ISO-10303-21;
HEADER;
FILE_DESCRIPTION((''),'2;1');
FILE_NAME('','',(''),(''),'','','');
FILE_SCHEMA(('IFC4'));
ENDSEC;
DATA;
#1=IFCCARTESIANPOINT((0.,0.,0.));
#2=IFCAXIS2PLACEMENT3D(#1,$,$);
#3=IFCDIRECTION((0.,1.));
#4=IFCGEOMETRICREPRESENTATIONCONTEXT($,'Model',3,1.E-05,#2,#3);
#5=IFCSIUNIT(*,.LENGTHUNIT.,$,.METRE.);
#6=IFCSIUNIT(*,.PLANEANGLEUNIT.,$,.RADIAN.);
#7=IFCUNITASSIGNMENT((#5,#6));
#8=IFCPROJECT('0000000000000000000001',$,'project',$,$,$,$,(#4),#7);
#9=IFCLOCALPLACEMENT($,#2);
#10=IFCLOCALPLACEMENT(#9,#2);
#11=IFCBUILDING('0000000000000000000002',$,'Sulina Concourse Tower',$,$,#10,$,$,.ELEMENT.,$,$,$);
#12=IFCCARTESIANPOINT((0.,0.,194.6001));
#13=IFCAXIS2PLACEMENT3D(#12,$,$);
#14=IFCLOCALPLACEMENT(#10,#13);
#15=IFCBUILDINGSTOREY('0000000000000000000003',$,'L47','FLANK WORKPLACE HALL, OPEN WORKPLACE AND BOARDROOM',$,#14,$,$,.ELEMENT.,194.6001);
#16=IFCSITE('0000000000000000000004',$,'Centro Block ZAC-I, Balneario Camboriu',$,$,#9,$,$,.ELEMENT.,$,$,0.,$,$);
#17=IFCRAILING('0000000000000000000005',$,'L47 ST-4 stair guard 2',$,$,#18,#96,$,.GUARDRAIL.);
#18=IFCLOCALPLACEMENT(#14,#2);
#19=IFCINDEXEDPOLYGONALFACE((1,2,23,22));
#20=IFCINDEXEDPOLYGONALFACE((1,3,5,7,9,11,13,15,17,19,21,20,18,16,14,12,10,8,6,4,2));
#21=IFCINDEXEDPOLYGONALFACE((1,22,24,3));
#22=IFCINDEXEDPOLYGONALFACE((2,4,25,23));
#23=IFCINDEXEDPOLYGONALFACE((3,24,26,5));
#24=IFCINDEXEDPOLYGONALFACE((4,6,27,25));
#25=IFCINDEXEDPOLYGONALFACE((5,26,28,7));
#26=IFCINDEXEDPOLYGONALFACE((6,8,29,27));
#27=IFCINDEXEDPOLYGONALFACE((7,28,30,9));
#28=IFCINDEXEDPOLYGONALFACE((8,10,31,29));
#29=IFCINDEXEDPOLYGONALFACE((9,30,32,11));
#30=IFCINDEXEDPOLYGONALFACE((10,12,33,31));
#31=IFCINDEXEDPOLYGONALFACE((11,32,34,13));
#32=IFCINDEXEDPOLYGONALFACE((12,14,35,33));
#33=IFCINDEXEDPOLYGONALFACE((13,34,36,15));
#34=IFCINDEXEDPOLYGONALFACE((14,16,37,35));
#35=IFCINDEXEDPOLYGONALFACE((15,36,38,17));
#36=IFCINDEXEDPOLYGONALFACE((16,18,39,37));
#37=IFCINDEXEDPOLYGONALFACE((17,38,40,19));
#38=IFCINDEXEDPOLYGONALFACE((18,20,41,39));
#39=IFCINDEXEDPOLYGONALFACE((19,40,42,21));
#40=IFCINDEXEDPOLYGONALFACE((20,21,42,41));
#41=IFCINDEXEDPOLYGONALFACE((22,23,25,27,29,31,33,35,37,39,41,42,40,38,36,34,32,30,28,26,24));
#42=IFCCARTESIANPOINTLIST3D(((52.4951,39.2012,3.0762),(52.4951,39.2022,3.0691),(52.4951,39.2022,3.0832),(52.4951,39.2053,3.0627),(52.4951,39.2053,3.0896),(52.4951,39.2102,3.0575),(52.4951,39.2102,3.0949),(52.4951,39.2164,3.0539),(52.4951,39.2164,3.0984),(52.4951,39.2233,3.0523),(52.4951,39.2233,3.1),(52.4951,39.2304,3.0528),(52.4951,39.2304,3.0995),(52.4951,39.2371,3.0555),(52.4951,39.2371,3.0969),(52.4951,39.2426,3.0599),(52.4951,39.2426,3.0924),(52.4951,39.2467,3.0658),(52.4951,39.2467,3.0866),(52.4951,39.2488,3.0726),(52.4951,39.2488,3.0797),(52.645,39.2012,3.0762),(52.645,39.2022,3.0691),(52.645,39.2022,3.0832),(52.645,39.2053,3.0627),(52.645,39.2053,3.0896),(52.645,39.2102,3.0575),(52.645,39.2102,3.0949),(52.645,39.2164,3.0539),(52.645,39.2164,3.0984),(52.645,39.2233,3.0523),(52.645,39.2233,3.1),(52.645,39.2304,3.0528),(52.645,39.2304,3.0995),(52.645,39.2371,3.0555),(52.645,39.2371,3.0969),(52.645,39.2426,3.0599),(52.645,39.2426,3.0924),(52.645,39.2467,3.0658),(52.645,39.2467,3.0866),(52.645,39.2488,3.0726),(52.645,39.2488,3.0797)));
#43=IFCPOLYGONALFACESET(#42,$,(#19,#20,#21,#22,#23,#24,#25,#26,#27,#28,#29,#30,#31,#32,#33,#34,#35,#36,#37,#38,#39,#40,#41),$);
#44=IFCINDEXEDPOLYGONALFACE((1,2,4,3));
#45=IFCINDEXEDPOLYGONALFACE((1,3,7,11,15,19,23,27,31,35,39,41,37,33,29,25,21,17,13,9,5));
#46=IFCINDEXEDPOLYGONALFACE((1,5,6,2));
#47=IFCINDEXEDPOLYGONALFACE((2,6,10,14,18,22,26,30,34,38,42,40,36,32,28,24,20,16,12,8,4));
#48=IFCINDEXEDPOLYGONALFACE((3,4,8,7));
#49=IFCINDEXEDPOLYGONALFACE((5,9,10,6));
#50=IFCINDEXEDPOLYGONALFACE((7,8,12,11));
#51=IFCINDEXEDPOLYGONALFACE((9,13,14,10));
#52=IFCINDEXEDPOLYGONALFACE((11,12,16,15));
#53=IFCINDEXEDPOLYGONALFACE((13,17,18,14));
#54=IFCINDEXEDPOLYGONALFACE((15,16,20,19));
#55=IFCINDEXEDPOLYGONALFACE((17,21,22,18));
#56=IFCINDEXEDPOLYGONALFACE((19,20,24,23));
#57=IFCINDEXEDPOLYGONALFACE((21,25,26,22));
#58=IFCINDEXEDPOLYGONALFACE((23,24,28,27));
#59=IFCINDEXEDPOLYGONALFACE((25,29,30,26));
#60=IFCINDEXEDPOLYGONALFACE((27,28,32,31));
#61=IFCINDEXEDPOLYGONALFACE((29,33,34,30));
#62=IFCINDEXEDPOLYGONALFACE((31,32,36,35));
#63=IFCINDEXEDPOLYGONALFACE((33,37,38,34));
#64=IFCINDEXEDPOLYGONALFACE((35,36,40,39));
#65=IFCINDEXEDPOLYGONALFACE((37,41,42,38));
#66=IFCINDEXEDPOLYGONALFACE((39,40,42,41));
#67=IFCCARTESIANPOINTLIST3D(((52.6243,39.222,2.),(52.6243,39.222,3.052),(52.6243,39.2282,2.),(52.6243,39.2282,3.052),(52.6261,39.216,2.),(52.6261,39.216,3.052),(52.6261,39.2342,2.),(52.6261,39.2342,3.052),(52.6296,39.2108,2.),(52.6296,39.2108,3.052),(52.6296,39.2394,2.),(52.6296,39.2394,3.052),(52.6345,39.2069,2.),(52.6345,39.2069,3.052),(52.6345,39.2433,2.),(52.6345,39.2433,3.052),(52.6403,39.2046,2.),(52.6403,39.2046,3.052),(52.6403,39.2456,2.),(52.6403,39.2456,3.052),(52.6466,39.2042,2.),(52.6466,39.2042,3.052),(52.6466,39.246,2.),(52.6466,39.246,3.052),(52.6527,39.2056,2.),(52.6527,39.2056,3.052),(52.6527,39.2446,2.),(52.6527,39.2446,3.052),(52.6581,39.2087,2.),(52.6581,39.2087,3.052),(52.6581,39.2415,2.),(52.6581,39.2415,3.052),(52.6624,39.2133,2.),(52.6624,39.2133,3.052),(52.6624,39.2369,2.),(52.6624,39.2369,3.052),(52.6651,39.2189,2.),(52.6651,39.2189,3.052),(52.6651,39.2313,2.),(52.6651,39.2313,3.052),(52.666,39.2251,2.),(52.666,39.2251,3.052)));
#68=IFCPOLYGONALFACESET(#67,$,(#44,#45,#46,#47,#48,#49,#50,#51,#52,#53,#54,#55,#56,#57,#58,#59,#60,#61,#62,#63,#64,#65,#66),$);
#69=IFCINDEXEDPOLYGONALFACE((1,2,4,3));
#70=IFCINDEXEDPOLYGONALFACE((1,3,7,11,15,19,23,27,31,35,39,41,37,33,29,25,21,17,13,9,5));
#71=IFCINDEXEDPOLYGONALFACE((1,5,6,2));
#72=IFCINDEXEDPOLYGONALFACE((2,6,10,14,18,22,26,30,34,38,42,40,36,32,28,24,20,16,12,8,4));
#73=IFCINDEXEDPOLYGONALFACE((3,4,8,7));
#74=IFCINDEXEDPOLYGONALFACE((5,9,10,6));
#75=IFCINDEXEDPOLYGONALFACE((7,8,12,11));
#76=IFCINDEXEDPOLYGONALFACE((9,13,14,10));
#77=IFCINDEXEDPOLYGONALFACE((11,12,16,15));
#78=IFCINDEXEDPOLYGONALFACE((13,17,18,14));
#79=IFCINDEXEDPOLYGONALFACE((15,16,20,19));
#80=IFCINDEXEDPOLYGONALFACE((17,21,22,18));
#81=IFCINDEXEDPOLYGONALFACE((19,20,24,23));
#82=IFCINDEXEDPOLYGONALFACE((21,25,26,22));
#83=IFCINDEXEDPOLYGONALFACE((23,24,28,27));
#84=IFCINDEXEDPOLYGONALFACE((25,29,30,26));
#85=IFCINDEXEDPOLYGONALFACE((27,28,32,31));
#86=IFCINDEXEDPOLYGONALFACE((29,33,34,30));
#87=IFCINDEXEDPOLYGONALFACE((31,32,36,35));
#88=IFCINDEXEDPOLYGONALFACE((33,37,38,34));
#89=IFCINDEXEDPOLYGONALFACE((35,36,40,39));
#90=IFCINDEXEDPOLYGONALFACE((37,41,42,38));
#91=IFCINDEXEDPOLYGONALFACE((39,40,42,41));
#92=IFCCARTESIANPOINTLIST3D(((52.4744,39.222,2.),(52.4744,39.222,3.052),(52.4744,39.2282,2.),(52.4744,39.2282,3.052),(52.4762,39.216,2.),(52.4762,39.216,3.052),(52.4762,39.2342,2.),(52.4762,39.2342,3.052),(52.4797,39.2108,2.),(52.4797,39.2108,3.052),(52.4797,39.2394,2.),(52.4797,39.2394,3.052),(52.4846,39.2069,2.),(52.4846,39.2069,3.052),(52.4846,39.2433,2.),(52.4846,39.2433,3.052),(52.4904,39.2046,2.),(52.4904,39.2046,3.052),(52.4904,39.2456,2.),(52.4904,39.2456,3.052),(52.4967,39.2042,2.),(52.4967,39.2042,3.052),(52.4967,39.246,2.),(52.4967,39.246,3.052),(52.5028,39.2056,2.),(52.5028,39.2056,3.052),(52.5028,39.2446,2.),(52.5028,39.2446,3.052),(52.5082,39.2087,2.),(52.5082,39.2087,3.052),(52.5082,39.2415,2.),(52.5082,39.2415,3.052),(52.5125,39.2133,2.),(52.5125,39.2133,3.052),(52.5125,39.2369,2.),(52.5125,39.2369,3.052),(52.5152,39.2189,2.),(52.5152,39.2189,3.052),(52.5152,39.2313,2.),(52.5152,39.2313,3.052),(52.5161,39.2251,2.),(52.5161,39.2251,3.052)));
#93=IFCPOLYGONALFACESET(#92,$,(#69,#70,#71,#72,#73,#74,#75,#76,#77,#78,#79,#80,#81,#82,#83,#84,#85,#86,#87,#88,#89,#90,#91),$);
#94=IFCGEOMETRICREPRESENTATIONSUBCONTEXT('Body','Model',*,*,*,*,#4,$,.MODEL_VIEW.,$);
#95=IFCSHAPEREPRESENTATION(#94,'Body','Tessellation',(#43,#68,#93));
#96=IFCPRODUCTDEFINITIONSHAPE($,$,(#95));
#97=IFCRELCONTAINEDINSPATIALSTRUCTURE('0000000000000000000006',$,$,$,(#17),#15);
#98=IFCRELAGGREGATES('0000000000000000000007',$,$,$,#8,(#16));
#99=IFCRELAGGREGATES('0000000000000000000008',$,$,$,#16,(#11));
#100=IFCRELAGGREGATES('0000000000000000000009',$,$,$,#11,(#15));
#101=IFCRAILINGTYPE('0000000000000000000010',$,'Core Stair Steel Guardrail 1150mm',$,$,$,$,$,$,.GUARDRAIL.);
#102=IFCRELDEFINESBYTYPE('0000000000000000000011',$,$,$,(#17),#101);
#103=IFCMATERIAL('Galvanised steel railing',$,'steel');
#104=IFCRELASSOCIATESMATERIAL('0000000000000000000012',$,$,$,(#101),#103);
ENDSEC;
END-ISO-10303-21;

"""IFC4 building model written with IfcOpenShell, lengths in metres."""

from ifc_helpers import new_model, si_unit, direction, frame, origin, origin_2d, place, context, subcontext, project, spatial, circle, extrude, material, type_object, element, save


model = new_model("IFC4")

# Units and contexts
model_context = context("Model", 3, precision=1e-05, world=origin(), true_north=direction((0.0, 1.0)))
body_context = subcontext(model_context, "Body", "Model", "MODEL_VIEW")
ifc_project = project(units=[si_unit("LENGTHUNIT", "METRE"), si_unit("PLANEANGLEUNIT", "RADIAN")], contexts=[model_context])

# Site, building, storey
site_placement = place(None, origin())
site = spatial("IfcSite", under=ifc_project, at=site_placement, Name="Centro Block ZAC-I, Balneario Camboriu", CompositionType="ELEMENT", RefElevation=0.0)
building_placement = place(site_placement, origin())
building = spatial("IfcBuilding", under=site, at=building_placement, Name="Sulina Concourse Tower", CompositionType="ELEMENT")
storey_placement = place(building_placement, frame((0.0, 0.0, 194.6001)))
storey = spatial("IfcBuildingStorey", under=building, at=storey_placement, Name="L47", Description="FLANK WORKPLACE HALL, OPEN WORKPLACE AND BOARDROOM", CompositionType="ELEMENT", Elevation=194.6001)

# Railing
ifc_material_1 = material(Name="Galvanised steel railing", Category="steel")
railing_type_1 = type_object("IfcRailingType", Name="Core Stair Steel Guardrail 1150mm", PredefinedType="GUARDRAIL", material=ifc_material_1)
railing_1_placement = place(storey_placement, frame((52.645, 39.2251, 2.0)))
element("IfcRailing", 1, at=railing_1_placement, inside=storey, type_object=railing_type_1, Name="L47 ST-4 stair guard 2", PredefinedType="GUARDRAIL", context=body_context, shape_type="SweptSolid", body=[
    extrude(circle(Radius=0.0239, at=origin_2d()), frame((0.0, 0.0, 1.0762), z_axis=(-1.0, 0.0, 0.0), x_axis=(0.0, -1.0, 0.0)), (0.0, 0.0, 1.0), 0.1499),
    extrude(circle(Radius=0.021, at=origin_2d()), origin(), (0.0, 0.0, 1.0), 1.052),
    extrude(circle(Radius=0.021, at=origin_2d()), frame((-0.1499, 0.0, 0.0)), (0.0, 0.0, 1.0), 1.052),
])

save(model, "model.ifc")
